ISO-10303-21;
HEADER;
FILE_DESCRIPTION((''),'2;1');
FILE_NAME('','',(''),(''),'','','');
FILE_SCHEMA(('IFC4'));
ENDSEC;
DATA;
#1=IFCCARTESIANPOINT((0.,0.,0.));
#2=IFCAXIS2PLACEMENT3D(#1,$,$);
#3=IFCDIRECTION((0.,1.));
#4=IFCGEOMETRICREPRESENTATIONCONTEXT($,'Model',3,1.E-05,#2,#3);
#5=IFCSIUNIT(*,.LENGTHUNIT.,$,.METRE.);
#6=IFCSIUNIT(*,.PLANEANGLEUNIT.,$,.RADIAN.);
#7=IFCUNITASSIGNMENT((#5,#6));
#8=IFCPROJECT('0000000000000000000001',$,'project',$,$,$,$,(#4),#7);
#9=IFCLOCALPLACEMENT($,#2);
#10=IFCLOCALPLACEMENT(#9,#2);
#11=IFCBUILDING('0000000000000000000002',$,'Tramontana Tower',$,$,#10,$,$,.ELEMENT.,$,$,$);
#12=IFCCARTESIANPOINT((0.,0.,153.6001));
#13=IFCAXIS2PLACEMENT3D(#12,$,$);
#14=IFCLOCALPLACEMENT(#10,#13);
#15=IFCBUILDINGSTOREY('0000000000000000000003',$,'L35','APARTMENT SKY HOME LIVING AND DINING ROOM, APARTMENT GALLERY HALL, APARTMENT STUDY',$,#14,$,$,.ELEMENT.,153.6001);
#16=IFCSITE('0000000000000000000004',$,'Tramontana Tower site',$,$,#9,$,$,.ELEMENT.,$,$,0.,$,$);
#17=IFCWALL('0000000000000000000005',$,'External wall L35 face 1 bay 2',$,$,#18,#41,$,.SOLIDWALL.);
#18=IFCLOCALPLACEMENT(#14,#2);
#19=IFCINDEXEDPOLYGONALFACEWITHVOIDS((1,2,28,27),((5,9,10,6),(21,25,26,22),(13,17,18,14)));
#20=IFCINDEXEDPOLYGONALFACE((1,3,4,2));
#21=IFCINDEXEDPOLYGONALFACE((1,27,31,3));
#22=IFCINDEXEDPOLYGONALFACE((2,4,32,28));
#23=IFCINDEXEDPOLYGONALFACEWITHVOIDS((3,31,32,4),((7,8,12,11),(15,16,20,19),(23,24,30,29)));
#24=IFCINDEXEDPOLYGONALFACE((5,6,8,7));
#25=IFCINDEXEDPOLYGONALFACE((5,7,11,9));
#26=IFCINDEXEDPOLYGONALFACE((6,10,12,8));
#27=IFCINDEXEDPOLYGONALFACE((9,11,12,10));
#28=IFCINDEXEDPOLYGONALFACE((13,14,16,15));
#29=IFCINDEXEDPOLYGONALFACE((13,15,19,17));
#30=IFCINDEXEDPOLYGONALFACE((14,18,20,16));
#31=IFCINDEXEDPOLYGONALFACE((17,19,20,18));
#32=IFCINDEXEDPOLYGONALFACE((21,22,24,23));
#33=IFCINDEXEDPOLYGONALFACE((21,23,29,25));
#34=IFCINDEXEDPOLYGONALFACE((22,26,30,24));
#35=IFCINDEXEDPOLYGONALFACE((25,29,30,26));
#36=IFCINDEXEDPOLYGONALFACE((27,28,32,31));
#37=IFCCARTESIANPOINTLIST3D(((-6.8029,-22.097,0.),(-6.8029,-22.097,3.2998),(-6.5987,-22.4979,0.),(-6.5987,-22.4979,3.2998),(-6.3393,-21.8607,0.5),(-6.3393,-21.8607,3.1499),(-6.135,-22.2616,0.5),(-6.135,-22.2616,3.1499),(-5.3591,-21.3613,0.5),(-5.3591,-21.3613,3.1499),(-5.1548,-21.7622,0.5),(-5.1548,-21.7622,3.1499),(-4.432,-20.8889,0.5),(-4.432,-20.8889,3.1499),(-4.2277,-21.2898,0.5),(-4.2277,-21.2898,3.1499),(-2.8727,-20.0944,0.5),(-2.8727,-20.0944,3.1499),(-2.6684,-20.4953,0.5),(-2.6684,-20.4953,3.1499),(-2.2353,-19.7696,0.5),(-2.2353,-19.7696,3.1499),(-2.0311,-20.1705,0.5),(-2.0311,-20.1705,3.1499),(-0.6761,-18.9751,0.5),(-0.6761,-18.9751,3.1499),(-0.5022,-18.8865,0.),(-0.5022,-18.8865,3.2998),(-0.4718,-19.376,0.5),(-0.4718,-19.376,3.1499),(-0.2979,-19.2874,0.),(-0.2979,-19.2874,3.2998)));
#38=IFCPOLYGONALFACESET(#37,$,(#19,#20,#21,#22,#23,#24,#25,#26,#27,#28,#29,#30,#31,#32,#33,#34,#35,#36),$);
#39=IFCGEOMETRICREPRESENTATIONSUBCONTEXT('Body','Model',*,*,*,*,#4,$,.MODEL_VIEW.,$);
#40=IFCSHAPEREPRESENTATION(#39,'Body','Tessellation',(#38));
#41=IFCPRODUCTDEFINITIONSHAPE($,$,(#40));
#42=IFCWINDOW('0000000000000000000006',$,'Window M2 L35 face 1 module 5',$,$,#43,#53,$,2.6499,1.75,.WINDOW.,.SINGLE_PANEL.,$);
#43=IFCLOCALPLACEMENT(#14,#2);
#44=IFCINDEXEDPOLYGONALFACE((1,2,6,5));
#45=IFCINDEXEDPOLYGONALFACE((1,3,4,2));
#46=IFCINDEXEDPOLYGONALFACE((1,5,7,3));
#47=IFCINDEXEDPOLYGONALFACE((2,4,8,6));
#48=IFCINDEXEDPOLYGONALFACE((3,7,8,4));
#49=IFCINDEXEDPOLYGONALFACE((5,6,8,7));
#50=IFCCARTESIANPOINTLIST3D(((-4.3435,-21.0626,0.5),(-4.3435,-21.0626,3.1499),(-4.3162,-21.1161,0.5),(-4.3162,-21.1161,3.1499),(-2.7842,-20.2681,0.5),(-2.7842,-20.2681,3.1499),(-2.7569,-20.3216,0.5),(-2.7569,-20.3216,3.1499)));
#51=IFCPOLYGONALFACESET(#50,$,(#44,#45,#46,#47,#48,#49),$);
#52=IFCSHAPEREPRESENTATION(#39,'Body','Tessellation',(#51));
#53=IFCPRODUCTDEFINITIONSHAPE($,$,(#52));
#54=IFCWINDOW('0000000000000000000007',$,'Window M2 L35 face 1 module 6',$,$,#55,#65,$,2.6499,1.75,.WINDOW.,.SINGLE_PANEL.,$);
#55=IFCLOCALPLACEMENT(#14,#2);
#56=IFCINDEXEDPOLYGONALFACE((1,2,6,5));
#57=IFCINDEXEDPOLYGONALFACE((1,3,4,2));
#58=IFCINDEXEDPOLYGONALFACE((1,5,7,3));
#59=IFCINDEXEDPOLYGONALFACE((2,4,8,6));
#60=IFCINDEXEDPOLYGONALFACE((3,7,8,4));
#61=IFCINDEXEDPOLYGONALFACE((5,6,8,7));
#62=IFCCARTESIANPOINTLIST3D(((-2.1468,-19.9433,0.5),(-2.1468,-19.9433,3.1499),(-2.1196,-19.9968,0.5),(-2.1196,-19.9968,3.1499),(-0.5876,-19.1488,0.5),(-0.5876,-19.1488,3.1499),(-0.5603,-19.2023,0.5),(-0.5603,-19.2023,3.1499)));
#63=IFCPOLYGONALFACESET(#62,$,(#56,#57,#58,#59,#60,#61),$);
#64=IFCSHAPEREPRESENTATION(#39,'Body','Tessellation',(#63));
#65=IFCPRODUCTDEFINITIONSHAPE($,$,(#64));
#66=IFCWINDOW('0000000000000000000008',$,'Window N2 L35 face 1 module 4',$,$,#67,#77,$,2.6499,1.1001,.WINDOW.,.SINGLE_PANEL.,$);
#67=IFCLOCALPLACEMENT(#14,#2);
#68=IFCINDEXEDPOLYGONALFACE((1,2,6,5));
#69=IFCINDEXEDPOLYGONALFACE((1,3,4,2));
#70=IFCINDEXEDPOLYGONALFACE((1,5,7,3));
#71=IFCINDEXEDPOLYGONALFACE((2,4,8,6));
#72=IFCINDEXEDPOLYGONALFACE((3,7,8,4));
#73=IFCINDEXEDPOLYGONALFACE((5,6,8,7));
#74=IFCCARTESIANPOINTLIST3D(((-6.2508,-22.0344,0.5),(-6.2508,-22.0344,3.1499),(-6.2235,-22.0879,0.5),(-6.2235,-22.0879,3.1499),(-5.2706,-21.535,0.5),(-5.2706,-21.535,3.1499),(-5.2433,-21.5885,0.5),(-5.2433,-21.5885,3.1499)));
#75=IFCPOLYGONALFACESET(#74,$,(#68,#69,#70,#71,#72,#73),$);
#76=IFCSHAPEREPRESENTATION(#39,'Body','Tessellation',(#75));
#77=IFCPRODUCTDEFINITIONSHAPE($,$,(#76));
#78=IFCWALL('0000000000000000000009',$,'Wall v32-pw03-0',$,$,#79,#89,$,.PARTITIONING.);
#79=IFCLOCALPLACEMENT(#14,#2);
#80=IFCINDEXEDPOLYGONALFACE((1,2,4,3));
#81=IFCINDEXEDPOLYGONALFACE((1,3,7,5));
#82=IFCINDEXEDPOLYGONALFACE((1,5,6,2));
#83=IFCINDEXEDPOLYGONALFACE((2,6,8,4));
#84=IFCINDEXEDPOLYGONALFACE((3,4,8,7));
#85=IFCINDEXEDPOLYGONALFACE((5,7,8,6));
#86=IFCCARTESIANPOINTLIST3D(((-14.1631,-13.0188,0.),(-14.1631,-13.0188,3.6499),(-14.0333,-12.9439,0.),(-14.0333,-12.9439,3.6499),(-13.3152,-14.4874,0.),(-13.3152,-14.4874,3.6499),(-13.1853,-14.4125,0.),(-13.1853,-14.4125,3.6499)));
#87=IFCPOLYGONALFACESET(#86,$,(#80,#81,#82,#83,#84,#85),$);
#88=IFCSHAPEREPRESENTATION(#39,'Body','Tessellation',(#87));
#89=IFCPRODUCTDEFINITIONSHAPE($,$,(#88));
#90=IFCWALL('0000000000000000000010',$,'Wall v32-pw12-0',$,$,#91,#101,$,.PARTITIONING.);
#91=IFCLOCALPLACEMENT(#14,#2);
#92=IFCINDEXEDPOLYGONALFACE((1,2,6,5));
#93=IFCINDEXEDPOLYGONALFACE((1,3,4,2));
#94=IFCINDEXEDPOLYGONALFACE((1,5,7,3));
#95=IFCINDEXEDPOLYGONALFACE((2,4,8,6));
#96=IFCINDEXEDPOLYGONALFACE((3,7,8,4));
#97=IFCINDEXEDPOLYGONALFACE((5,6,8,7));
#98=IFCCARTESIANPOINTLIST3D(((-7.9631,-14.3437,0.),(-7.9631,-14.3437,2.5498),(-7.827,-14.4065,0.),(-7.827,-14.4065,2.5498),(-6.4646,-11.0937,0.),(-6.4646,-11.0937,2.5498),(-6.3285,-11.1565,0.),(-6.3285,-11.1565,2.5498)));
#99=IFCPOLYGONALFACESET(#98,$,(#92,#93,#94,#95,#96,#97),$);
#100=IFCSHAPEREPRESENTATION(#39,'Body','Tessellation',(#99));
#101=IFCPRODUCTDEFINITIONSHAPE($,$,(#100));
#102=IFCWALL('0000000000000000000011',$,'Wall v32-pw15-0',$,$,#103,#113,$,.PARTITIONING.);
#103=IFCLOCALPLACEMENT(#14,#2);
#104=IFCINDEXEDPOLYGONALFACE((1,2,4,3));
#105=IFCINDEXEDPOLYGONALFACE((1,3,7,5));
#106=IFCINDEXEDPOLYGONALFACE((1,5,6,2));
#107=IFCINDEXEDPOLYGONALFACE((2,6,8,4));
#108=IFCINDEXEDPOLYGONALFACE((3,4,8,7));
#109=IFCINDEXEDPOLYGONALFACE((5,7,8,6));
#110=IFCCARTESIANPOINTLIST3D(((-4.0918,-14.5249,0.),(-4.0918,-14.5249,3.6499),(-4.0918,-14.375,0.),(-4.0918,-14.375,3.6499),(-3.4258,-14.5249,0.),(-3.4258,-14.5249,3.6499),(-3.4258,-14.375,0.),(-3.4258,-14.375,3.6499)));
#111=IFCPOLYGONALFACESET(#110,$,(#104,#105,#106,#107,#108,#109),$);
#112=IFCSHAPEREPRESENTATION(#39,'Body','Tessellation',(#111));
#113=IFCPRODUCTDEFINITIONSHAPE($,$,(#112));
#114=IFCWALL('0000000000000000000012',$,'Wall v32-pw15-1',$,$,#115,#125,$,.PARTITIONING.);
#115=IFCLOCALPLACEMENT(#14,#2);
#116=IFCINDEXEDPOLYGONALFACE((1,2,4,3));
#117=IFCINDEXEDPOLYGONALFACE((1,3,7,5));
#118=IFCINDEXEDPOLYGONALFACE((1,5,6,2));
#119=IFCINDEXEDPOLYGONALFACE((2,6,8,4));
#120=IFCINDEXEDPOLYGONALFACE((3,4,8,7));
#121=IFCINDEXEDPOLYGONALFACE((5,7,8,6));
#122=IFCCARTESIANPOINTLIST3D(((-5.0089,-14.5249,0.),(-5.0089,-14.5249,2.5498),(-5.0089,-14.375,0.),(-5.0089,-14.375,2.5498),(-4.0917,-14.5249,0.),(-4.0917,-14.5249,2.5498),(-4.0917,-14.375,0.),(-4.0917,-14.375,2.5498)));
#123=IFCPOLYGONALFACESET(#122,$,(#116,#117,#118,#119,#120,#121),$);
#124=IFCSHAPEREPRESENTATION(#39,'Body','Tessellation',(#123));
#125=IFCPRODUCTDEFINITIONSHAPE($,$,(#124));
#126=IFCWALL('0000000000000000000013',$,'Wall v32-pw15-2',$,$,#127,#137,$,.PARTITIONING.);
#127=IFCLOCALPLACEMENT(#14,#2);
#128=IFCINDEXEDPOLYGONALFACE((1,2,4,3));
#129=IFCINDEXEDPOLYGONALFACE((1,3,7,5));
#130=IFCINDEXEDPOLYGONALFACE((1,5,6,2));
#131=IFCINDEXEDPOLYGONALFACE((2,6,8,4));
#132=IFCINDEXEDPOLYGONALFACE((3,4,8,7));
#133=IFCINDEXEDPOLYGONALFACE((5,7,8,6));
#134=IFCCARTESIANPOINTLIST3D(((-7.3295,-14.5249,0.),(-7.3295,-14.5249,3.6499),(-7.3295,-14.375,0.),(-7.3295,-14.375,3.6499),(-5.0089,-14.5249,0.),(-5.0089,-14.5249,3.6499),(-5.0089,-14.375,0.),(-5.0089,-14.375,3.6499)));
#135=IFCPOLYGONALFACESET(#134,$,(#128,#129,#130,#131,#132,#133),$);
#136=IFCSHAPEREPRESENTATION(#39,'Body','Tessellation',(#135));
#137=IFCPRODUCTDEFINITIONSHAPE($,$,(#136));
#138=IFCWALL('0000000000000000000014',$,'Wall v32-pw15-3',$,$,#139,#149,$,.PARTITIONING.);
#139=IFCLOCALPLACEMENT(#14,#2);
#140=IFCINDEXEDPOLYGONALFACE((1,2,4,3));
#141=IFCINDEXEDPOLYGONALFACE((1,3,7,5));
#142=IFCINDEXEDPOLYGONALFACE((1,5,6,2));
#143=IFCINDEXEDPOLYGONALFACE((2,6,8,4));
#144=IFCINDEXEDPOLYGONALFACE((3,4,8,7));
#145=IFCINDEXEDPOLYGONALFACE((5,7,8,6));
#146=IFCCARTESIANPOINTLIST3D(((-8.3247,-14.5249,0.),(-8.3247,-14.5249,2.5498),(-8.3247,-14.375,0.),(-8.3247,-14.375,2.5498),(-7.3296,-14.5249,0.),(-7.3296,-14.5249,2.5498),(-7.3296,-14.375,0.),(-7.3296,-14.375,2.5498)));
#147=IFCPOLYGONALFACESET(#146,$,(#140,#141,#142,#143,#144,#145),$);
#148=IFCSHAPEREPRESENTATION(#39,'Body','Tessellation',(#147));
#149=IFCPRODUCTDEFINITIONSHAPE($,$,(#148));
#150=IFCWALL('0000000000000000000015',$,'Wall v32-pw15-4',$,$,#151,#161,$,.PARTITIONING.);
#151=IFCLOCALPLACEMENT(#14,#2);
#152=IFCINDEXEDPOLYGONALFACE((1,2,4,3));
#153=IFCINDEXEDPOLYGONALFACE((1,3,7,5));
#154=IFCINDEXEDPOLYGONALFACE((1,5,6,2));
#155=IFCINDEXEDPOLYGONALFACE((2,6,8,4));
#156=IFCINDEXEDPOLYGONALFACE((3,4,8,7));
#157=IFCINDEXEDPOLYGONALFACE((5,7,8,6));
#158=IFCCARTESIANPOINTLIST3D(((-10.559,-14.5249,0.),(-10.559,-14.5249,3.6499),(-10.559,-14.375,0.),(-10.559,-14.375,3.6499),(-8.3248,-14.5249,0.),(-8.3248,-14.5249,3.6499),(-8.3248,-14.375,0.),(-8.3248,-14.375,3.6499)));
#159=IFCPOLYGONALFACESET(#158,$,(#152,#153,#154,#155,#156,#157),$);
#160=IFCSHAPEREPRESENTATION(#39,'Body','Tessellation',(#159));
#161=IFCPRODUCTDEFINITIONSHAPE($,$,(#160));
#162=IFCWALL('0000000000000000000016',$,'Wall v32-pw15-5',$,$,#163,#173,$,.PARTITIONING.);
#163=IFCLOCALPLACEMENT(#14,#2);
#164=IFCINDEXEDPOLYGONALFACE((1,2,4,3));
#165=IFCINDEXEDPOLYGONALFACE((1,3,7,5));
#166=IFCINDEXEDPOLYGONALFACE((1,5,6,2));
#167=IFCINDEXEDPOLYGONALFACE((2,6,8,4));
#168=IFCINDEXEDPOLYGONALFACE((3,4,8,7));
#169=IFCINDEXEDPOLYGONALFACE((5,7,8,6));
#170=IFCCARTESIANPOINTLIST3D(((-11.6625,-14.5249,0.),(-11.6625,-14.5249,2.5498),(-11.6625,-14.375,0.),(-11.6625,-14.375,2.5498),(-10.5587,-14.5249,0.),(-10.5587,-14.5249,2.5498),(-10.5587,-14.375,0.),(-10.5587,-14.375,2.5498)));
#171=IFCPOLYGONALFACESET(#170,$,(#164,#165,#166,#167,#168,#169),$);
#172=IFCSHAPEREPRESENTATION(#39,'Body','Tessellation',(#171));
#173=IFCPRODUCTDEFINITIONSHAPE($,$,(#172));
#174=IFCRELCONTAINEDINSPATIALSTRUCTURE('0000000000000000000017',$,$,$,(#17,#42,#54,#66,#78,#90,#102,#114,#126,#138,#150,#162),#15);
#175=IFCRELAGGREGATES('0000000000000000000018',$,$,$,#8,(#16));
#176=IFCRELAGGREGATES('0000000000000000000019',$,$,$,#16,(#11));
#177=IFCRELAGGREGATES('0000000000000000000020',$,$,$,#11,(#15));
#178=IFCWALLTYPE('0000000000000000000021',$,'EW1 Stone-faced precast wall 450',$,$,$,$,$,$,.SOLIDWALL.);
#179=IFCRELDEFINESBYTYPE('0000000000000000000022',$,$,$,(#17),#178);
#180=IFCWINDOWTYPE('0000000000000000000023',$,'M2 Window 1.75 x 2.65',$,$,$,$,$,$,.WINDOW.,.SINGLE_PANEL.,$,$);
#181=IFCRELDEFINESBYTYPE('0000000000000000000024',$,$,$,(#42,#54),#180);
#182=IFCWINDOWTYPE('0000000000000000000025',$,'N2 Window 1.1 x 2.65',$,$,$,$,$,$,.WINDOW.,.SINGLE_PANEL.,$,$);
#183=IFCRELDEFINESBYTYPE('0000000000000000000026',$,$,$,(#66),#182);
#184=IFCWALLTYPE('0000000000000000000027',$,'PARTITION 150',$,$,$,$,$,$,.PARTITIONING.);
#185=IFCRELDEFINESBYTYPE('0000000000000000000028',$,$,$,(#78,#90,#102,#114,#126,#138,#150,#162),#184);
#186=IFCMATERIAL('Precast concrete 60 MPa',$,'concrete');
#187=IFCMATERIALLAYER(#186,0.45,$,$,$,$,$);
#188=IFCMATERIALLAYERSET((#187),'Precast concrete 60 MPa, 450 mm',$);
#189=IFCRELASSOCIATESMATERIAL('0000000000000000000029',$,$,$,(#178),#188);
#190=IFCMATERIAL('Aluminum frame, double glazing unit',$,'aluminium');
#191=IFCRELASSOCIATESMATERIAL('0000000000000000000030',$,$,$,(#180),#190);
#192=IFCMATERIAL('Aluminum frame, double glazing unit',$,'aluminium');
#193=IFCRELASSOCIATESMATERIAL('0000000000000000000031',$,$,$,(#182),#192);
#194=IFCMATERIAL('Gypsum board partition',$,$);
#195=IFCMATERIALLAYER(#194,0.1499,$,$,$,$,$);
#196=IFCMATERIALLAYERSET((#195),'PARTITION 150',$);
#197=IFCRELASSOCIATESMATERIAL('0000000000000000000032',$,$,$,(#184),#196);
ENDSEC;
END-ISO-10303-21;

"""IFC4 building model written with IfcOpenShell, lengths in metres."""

from ifc_helpers import new_model, si_unit, direction, frame, frame_2d, origin, place, context, subcontext, project, spatial, rectangle, extrude, material, layer, layer_set, type_object, element, fill, save


model = new_model("IFC4")

# Units and contexts
model_context = context("Model", 3, precision=1e-05, world=origin(), true_north=direction((0.0, 1.0)))
body_context = subcontext(model_context, "Body", "Model", "MODEL_VIEW")
ifc_project = project(units=[si_unit("LENGTHUNIT", "METRE"), si_unit("PLANEANGLEUNIT", "RADIAN")], contexts=[model_context])

# Site, building, storey
site_placement = place(None, origin())
site = spatial("IfcSite", under=ifc_project, at=site_placement, Name="Tramontana Tower site", CompositionType="ELEMENT", RefElevation=0.0)
building_placement = place(site_placement, origin())
building = spatial("IfcBuilding", under=site, at=building_placement, Name="Tramontana Tower", CompositionType="ELEMENT")
storey_placement = place(building_placement, frame((0.0, 0.0, 153.6001)))
storey = spatial("IfcBuildingStorey", under=building, at=storey_placement, Name="L35", Description="APARTMENT SKY HOME LIVING AND DINING ROOM, APARTMENT GALLERY HALL, APARTMENT STUDY", CompositionType="ELEMENT", Elevation=153.6001)

# Wall, openings, windows
ifc_material_1 = material(Name="Precast concrete 60 MPa", Category="concrete")
ifc_layer_1 = layer(ifc_material_1, 0.45)
ifc_layer_set_1 = layer_set([ifc_layer_1], Name="Precast concrete 60 MPa, 450 mm")
wall_type_1 = type_object("IfcWallType", Name="EW1 Stone-faced precast wall 450", PredefinedType="SOLIDWALL", material=ifc_layer_set_1)
ifc_material_2 = material(Name="Aluminum frame, double glazing unit", Category="aluminium")
window_type_1 = type_object("IfcWindowType", Name="M2 Window 1.75 x 2.65", PartitioningType="SINGLE_PANEL", PredefinedType="WINDOW", material=ifc_material_2)
wall_1_placement = place(storey_placement, frame((-6.7007, -22.2974, 0.0), z_axis=(0.0, 0.0, 1.0), x_axis=(0.891004, 0.453995, 0.0)))
wall_1 = element("IfcWall", 1, at=wall_1_placement, inside=storey, type_object=wall_type_1, Name="External wall L35 face 1 bay 2", PredefinedType="SOLIDWALL", context=body_context, shape_type="SweptSolid", body=[
    extrude(rectangle(XDim=7.0715, YDim=0.45, at=frame_2d((3.5356, 0.0))), origin(), (0.0, 0.0, 1.0), 3.2998),
])
opening_1_placement = place(wall_1_placement, frame((0.5203, 0.0, 0.5)))
opening_1 = element("IfcOpeningElement", 2, at=opening_1_placement, cuts=wall_1, PredefinedType="OPENING", context=body_context, shape_type="SweptSolid", body=[
    extrude(rectangle(XDim=1.1001, YDim=2.6499, at=frame_2d((0.55, 1.325))), frame((0.0, 0.2349, 0.0), z_axis=(0.0, -1.0, 0.0), x_axis=(1.0, 0.0, 0.0)), (0.0, 0.0, 1.0), 0.47),
])
opening_2_placement = place(wall_1_placement, frame((2.6609, 0.0, 0.5)))
opening_2 = element("IfcOpeningElement", 3, at=opening_2_placement, cuts=wall_1, PredefinedType="OPENING", context=body_context, shape_type="SweptSolid", body=[
    extrude(rectangle(XDim=1.75, YDim=2.6499, at=frame_2d((0.875, 1.325))), frame((0.0, 0.2349, 0.0), z_axis=(0.0, -1.0, 0.0), x_axis=(1.0, 0.0, 0.0)), (0.0, 0.0, 1.0), 0.47),
])
opening_3_placement = place(wall_1_placement, frame((5.1262, 0.0, 0.5)))
opening_3 = element("IfcOpeningElement", 4, at=opening_3_placement, cuts=wall_1, PredefinedType="OPENING", context=body_context, shape_type="SweptSolid", body=[
    extrude(rectangle(XDim=1.75, YDim=2.6499, at=frame_2d((0.875, 1.325))), frame((0.0, 0.2349, 0.0), z_axis=(0.0, -1.0, 0.0), x_axis=(1.0, 0.0, 0.0)), (0.0, 0.0, 1.0), 0.47),
])
window_1_placement = place(opening_2_placement, origin())
window_1 = element("IfcWindow", 5, at=window_1_placement, inside=storey, type_object=window_type_1, Name="Window M2 L35 face 1 module 5", OverallHeight=2.6499, OverallWidth=1.75, PartitioningType="SINGLE_PANEL", PredefinedType="WINDOW", context=body_context, shape_type="SweptSolid", body=[
    extrude(rectangle(XDim=1.75, YDim=2.6499, at=frame_2d((0.875, 1.325))), frame((0.0, 0.03, 0.0), z_axis=(0.0, -1.0, 0.0), x_axis=(1.0, 0.0, 0.0)), (0.0, 0.0, 1.0), 0.0601),
])
fill(opening_2, window_1)
window_2_placement = place(opening_3_placement, origin())
window_2 = element("IfcWindow", 6, at=window_2_placement, inside=storey, type_object=window_type_1, Name="Window M2 L35 face 1 module 6", OverallHeight=2.6499, OverallWidth=1.75, PartitioningType="SINGLE_PANEL", PredefinedType="WINDOW", context=body_context, shape_type="SweptSolid", body=[
    extrude(rectangle(XDim=1.75, YDim=2.6499, at=frame_2d((0.875, 1.325))), frame((0.0, 0.03, 0.0), z_axis=(0.0, -1.0, 0.0), x_axis=(1.0, 0.0, 0.0)), (0.0, 0.0, 1.0), 0.0601),
])
fill(opening_3, window_2)
ifc_material_3 = material(Name="Aluminum frame, double glazing unit", Category="aluminium")
window_type_2 = type_object("IfcWindowType", Name="N2 Window 1.1 x 2.65", PartitioningType="SINGLE_PANEL", PredefinedType="WINDOW", material=ifc_material_3)
window_3_placement = place(opening_1_placement, origin())
window_3 = element("IfcWindow", 7, at=window_3_placement, inside=storey, type_object=window_type_2, Name="Window N2 L35 face 1 module 4", OverallHeight=2.6499, OverallWidth=1.1001, PartitioningType="SINGLE_PANEL", PredefinedType="WINDOW", context=body_context, shape_type="SweptSolid", body=[
    extrude(rectangle(XDim=1.1001, YDim=2.6499, at=frame_2d((0.55, 1.325))), frame((0.0, 0.03, 0.0), z_axis=(0.0, -1.0, 0.0), x_axis=(1.0, 0.0, 0.0)), (0.0, 0.0, 1.0), 0.0601),
])
fill(opening_1, window_3)

# Walls
ifc_material_4 = material(Name="Gypsum board partition")
ifc_layer_2 = layer(ifc_material_4, 0.1499)
ifc_layer_set_2 = layer_set([ifc_layer_2], Name="PARTITION 150")
wall_type_2 = type_object("IfcWallType", Name="PARTITION 150", PredefinedType="PARTITIONING", material=ifc_layer_set_2)
wall_2_placement = place(storey_placement, frame((-13.2502, -14.45, 0.0), z_axis=(0.0, 0.0, 1.0), x_axis=(-0.500026, 0.866011, 0.0)))
element("IfcWall", 8, at=wall_2_placement, inside=storey, type_object=wall_type_2, Name="Wall v32-pw03-0", PredefinedType="PARTITIONING", context=body_context, shape_type="SweptSolid", body=[
    extrude(rectangle(XDim=1.6958, YDim=0.1499, at=frame_2d((0.8479, 0.0))), origin(), (0.0, 0.0, 1.0), 3.6499),
])
wall_3_placement = place(storey_placement, frame((-6.3965, -11.125, 0.0), z_axis=(0.0, 0.0, 1.0), x_axis=(-0.418721, -0.908115, 0.0)))
element("IfcWall", 9, at=wall_3_placement, inside=storey, type_object=wall_type_2, Name="Wall v32-pw12-0", PredefinedType="PARTITIONING", context=body_context, shape_type="SweptSolid", body=[
    extrude(rectangle(XDim=3.5789, YDim=0.1499, at=frame_2d((1.7896, 0.0))), origin(), (0.0, 0.0, 1.0), 2.5498),
])
wall_4_placement = place(storey_placement, frame((-3.4258, -14.45, 0.0), z_axis=(0.0, 0.0, 1.0), x_axis=(-1.0, 0.0, 0.0)))
element("IfcWall", 10, at=wall_4_placement, inside=storey, type_object=wall_type_2, Name="Wall v32-pw15-0", PredefinedType="PARTITIONING", context=body_context, shape_type="SweptSolid", body=[
    extrude(rectangle(XDim=0.666, YDim=0.1499, at=frame_2d((0.333, 0.0))), origin(), (0.0, 0.0, 1.0), 3.6499),
])
wall_5_placement = place(storey_placement, frame((-4.0918, -14.45, 0.0), z_axis=(0.0, 0.0, 1.0), x_axis=(-1.0, 0.0, 0.0)))
element("IfcWall", 11, at=wall_5_placement, inside=storey, type_object=wall_type_2, Name="Wall v32-pw15-1", PredefinedType="PARTITIONING", context=body_context, shape_type="SweptSolid", body=[
    extrude(rectangle(XDim=0.9172, YDim=0.1499, at=frame_2d((0.4585, 0.0))), origin(), (0.0, 0.0, 1.0), 2.5498),
])
wall_6_placement = place(storey_placement, frame((-5.009, -14.45, 0.0), z_axis=(0.0, 0.0, 1.0), x_axis=(-1.0, 0.0, 0.0)))
element("IfcWall", 12, at=wall_6_placement, inside=storey, type_object=wall_type_2, Name="Wall v32-pw15-2", PredefinedType="PARTITIONING", context=body_context, shape_type="SweptSolid", body=[
    extrude(rectangle(XDim=2.3206, YDim=0.1499, at=frame_2d((1.1602, 0.0))), origin(), (0.0, 0.0, 1.0), 3.6499),
])
wall_7_placement = place(storey_placement, frame((-7.3296, -14.45, 0.0), z_axis=(0.0, 0.0, 1.0), x_axis=(-1.0, 0.0, 0.0)))
element("IfcWall", 13, at=wall_7_placement, inside=storey, type_object=wall_type_2, Name="Wall v32-pw15-3", PredefinedType="PARTITIONING", context=body_context, shape_type="SweptSolid", body=[
    extrude(rectangle(XDim=0.9951, YDim=0.1499, at=frame_2d((0.4976, 0.0))), origin(), (0.0, 0.0, 1.0), 2.5498),
])
wall_8_placement = place(storey_placement, frame((-8.3247, -14.45, 0.0), z_axis=(0.0, 0.0, 1.0), x_axis=(-1.0, 0.0, 0.0)))
element("IfcWall", 14, at=wall_8_placement, inside=storey, type_object=wall_type_2, Name="Wall v32-pw15-4", PredefinedType="PARTITIONING", context=body_context, shape_type="SweptSolid", body=[
    extrude(rectangle(XDim=2.2341, YDim=0.1499, at=frame_2d((1.1172, 0.0))), origin(), (0.0, 0.0, 1.0), 3.6499),
])
wall_9_placement = place(storey_placement, frame((-10.5588, -14.45, 0.0), z_axis=(0.0, 0.0, 1.0), x_axis=(-1.0, 0.0, 0.0)))
element("IfcWall", 15, at=wall_9_placement, inside=storey, type_object=wall_type_2, Name="Wall v32-pw15-5", PredefinedType="PARTITIONING", context=body_context, shape_type="SweptSolid", body=[
    extrude(rectangle(XDim=1.1038, YDim=0.1499, at=frame_2d((0.5518, 0.0))), origin(), (0.0, 0.0, 1.0), 2.5498),
])

save(model, "model.ifc")
